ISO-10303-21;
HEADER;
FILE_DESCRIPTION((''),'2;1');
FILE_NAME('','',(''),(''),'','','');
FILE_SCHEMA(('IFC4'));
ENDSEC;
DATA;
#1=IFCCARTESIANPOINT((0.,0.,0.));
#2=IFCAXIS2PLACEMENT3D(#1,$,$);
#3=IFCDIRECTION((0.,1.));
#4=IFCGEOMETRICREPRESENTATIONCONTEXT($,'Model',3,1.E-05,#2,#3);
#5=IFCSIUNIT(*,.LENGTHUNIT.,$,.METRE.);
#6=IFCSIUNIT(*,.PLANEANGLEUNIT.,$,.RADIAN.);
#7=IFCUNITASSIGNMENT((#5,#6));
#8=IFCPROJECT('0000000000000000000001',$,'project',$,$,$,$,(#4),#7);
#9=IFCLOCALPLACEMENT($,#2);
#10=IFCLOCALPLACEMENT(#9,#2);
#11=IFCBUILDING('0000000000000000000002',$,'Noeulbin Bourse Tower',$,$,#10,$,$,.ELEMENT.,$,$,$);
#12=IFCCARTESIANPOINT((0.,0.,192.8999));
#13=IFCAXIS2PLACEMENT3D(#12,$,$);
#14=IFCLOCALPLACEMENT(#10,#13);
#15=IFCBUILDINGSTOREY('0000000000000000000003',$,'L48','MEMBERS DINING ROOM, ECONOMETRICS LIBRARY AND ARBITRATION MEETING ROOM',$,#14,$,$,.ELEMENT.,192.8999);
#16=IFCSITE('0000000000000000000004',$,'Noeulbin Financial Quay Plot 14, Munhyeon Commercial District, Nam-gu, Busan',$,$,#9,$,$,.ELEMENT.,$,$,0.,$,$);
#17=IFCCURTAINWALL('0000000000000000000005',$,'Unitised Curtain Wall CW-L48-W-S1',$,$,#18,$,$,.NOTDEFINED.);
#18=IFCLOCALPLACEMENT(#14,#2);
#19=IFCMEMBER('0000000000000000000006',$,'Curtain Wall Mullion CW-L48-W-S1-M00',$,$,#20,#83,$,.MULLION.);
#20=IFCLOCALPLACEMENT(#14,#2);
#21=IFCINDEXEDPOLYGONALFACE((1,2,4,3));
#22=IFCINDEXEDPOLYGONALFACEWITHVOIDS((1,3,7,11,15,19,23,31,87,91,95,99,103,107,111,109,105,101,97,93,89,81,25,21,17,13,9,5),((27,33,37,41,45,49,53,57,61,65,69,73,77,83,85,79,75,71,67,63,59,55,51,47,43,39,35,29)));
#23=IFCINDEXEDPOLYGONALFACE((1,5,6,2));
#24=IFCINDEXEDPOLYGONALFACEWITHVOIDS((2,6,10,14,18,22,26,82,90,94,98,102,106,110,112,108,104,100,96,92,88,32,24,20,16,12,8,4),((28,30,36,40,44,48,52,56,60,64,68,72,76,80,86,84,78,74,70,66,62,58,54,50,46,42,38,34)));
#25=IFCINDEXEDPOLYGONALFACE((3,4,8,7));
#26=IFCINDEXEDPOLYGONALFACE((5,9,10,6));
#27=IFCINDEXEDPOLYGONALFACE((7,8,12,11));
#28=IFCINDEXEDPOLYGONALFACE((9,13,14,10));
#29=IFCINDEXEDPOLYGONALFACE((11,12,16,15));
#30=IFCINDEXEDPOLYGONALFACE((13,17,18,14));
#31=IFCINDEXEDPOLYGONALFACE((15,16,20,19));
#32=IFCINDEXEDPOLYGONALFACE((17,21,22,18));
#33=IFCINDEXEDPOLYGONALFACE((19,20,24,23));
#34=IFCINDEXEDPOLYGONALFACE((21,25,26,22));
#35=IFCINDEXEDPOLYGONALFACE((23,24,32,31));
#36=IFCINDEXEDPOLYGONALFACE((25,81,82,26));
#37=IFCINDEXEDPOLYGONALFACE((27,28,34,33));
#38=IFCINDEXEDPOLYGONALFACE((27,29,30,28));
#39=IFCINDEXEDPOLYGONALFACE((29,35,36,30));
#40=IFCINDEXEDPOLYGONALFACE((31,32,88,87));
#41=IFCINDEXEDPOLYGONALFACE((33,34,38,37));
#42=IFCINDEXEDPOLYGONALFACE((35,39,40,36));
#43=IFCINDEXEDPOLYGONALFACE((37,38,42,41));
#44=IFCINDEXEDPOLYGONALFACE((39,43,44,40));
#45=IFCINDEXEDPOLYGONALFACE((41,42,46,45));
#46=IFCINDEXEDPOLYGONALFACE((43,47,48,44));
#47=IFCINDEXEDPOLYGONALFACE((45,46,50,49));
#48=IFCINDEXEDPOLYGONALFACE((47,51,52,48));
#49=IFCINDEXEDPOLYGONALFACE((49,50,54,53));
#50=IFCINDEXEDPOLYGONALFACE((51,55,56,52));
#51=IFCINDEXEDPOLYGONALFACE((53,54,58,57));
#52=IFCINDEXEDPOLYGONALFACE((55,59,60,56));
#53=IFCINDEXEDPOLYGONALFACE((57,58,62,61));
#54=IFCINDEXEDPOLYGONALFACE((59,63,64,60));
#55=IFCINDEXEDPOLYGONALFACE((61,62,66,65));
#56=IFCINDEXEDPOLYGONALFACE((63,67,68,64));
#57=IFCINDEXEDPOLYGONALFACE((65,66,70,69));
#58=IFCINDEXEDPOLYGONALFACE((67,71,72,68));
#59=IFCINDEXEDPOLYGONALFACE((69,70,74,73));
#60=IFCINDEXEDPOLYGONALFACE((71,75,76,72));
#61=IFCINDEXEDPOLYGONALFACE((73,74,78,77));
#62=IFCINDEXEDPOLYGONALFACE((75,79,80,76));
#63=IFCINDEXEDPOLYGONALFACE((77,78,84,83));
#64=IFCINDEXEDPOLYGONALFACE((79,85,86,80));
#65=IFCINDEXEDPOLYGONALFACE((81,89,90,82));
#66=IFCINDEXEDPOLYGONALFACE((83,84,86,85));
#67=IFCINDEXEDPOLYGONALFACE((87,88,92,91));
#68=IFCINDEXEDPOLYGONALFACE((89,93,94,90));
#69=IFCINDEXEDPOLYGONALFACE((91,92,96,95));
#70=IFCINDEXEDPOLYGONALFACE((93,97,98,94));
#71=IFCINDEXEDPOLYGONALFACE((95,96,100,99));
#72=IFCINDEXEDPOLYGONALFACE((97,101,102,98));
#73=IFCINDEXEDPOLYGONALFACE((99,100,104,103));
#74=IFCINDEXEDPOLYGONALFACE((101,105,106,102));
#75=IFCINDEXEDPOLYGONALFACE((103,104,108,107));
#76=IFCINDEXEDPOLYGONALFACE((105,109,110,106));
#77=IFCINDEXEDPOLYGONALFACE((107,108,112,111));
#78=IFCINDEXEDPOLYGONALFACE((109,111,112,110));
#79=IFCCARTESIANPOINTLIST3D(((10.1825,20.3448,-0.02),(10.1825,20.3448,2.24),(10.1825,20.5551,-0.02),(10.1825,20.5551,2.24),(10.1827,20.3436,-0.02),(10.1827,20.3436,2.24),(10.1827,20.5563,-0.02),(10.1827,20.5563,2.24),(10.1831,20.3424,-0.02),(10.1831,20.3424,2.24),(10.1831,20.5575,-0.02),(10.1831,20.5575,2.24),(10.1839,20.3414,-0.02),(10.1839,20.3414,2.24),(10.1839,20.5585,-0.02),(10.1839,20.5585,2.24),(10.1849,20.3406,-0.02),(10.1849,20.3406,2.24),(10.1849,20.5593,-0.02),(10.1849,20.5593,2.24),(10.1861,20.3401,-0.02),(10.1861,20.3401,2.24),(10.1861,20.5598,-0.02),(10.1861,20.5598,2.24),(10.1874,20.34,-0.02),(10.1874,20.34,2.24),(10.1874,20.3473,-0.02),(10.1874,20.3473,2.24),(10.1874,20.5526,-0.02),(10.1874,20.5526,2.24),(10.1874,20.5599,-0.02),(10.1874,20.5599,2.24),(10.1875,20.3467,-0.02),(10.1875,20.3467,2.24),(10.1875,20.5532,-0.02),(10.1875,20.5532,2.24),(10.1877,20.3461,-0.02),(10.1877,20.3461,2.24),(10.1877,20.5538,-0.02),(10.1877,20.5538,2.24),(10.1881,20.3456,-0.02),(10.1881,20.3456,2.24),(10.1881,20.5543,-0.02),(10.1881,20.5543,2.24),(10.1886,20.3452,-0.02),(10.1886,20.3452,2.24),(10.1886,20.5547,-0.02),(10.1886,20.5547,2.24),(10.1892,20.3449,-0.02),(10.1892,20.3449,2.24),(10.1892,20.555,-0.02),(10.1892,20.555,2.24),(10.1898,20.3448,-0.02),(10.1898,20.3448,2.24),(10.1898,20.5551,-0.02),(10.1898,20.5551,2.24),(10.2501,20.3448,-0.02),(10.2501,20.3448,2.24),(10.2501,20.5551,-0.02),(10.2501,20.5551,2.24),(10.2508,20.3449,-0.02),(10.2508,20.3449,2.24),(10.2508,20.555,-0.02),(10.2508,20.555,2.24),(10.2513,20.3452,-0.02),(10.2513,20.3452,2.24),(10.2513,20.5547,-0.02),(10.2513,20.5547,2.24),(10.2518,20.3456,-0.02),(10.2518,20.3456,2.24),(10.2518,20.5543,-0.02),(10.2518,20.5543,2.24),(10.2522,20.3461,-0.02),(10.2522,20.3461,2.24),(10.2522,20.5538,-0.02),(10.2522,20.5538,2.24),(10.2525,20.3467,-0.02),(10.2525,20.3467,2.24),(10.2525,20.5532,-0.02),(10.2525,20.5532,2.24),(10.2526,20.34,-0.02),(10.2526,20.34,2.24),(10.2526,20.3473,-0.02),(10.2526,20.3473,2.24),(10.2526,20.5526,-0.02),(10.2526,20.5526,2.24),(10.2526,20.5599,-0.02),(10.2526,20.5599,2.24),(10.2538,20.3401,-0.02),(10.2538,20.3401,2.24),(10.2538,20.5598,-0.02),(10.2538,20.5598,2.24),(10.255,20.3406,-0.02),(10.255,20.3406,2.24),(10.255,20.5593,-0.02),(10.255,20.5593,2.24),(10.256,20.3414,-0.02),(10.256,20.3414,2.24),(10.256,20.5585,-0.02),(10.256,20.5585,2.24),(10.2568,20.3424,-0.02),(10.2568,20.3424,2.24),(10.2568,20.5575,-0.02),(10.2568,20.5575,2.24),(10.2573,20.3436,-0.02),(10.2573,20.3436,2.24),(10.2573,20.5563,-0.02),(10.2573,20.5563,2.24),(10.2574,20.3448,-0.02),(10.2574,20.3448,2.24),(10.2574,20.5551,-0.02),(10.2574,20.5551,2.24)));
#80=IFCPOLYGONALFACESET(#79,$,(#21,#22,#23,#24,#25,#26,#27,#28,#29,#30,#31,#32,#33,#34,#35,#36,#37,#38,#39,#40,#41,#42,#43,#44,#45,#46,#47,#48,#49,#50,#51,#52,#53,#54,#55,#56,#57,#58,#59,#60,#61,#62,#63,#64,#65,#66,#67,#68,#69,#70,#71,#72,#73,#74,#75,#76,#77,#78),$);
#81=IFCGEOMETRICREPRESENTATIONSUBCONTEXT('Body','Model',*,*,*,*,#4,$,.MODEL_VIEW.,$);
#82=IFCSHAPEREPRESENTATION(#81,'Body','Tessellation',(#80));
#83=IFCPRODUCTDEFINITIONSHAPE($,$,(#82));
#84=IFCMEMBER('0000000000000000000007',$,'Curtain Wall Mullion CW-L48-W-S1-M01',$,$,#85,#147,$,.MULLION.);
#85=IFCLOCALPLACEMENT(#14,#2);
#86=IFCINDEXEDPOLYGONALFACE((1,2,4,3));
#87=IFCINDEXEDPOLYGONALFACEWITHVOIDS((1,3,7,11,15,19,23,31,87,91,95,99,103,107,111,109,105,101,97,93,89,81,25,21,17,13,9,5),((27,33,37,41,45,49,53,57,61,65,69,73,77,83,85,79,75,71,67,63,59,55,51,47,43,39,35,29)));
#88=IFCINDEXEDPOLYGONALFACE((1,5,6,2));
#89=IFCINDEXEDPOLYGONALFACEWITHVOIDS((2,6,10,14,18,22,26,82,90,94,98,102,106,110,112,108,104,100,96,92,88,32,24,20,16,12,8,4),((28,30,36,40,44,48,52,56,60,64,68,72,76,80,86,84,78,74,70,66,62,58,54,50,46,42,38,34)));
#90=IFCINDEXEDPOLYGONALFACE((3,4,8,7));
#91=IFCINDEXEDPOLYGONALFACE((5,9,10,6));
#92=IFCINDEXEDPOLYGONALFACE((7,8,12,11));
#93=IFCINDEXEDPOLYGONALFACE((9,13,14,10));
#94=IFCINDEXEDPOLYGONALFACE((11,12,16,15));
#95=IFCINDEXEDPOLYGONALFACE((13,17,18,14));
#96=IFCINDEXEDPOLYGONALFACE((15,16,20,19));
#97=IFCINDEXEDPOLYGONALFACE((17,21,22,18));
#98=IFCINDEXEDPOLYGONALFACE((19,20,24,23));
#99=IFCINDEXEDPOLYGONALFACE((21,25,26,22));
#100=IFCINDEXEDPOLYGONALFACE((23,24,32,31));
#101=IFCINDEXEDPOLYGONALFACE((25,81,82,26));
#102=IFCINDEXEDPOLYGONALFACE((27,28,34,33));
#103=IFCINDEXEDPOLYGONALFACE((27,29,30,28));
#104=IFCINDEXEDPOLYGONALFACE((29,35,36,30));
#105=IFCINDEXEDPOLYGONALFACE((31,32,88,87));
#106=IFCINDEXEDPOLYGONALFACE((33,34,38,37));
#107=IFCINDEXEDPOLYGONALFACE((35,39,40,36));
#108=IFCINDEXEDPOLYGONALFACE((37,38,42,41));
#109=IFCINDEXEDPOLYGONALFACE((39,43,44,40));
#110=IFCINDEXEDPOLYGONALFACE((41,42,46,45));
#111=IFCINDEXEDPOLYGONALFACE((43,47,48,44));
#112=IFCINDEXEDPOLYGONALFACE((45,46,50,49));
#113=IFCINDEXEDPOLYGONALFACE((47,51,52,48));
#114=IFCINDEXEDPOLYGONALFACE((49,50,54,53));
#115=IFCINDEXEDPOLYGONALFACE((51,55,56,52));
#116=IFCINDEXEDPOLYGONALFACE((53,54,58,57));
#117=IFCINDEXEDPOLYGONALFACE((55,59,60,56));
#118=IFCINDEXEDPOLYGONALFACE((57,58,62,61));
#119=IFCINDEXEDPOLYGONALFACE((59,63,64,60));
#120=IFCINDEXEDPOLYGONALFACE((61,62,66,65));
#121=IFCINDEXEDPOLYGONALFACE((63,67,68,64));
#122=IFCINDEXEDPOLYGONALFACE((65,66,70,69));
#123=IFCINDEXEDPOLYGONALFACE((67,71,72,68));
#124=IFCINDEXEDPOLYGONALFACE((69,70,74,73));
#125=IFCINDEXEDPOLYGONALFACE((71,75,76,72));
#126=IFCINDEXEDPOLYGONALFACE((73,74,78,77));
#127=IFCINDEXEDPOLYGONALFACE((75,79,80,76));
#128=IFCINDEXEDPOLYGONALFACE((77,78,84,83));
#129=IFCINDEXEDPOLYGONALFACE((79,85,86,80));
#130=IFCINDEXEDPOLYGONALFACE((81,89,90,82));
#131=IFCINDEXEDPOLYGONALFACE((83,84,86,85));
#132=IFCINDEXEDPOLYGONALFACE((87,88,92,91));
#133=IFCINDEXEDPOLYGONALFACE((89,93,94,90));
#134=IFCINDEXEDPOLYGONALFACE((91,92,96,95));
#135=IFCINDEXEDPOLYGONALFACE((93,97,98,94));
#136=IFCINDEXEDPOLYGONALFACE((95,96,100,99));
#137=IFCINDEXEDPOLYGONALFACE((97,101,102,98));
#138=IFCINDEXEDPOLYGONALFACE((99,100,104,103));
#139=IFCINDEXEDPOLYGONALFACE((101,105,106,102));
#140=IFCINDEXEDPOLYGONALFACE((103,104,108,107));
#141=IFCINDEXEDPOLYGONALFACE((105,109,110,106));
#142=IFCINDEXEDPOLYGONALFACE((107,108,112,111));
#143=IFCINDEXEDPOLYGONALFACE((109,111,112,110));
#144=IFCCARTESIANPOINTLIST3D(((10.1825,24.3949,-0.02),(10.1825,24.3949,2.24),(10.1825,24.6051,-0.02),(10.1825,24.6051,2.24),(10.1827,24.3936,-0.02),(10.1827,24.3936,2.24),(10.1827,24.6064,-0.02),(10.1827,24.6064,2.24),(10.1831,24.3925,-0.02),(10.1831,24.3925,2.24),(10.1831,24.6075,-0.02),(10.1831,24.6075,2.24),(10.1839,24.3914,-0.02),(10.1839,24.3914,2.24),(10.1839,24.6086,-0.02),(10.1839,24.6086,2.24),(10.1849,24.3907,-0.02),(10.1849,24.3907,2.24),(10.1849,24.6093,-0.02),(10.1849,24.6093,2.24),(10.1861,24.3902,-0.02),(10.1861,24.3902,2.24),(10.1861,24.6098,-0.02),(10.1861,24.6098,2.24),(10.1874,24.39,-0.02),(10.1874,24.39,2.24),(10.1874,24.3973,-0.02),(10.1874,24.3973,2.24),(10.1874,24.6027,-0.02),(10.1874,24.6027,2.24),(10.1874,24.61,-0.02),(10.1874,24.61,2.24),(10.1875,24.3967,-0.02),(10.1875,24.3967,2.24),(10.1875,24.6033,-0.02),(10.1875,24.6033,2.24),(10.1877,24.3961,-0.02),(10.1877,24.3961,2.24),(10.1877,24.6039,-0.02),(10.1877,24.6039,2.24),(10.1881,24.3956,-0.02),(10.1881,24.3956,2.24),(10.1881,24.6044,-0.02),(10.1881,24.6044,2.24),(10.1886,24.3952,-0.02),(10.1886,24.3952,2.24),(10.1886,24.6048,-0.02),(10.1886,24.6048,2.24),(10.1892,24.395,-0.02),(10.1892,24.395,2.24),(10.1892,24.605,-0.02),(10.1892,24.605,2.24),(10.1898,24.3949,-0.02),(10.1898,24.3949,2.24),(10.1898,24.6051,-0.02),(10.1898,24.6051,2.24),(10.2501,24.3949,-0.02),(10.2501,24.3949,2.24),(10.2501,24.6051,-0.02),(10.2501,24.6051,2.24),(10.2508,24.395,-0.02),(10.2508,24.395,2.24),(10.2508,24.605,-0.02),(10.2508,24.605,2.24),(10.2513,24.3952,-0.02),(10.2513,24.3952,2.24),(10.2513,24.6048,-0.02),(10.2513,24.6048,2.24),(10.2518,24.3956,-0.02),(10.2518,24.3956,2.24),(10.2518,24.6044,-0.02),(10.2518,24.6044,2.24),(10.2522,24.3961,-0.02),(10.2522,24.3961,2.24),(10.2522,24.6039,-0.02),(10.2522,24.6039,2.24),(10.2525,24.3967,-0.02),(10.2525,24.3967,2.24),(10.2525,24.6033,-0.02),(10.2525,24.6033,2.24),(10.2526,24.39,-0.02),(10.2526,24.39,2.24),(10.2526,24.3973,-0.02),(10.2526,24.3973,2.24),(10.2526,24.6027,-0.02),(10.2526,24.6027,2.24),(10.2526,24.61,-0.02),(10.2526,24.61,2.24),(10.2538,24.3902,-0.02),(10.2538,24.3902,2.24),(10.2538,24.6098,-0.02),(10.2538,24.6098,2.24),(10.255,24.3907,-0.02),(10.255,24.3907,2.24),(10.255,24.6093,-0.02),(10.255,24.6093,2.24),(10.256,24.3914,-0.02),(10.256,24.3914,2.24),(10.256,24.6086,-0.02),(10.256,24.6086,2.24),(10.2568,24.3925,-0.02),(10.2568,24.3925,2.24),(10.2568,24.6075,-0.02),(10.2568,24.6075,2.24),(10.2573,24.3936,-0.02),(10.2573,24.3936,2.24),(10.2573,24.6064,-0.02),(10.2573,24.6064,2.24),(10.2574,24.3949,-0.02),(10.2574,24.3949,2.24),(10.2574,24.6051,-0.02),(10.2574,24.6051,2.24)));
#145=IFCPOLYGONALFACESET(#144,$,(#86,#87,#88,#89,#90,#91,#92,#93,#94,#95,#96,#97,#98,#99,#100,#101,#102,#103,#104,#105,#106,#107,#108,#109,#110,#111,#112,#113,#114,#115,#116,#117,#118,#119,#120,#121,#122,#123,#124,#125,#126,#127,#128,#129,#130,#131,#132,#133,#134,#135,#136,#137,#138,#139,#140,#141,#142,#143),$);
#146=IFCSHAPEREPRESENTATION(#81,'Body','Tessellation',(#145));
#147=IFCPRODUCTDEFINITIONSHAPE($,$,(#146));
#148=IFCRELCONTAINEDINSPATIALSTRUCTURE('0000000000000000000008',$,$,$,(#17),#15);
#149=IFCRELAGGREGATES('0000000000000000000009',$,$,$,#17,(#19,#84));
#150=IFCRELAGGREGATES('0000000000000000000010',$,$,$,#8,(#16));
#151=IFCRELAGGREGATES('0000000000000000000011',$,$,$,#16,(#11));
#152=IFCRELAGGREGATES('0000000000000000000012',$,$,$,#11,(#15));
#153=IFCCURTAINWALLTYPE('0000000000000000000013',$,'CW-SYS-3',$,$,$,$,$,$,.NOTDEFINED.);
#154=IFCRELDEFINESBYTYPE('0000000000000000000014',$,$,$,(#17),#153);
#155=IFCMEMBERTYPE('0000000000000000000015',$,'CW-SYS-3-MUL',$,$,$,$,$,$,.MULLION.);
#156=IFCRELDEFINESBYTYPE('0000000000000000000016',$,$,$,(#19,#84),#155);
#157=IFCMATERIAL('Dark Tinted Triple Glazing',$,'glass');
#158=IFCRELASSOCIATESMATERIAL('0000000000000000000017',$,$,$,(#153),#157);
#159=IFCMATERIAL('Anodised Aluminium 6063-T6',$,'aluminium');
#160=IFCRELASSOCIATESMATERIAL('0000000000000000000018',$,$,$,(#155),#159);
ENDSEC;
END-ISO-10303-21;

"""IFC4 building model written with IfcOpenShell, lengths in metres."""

from ifc_helpers import new_model, si_unit, direction, frame, origin, origin_2d, place, context, subcontext, project, spatial, hollow_rectangle, extrude, material, material_profile, profile_set, type_object, element, aggregate, save


model = new_model("IFC4")

# Units and contexts
model_context = context("Model", 3, precision=1e-05, world=origin(), true_north=direction((0.0, 1.0)))
body_context = subcontext(model_context, "Body", "Model", "MODEL_VIEW")
ifc_project = project(units=[si_unit("LENGTHUNIT", "METRE"), si_unit("PLANEANGLEUNIT", "RADIAN")], contexts=[model_context])

# Site, building, storey
site_placement = place(None, origin())
site = spatial("IfcSite", under=ifc_project, at=site_placement, Name="Noeulbin Financial Quay Plot 14, Munhyeon Commercial District, Nam-gu, Busan", CompositionType="ELEMENT", RefElevation=0.0)
building_placement = place(site_placement, origin())
building = spatial("IfcBuilding", under=site, at=building_placement, Name="Noeulbin Bourse Tower", CompositionType="ELEMENT")
storey_placement = place(building_placement, frame((0.0, 0.0, 192.8999)))
storey = spatial("IfcBuildingStorey", under=building, at=storey_placement, Name="L48", Description="MEMBERS DINING ROOM, ECONOMETRICS LIBRARY AND ARBITRATION MEETING ROOM", CompositionType="ELEMENT", Elevation=192.8999)

# Curtain wall, members
ifc_material_1 = material(Name="Dark Tinted Triple Glazing", Category="glass")
curtain_wall_type = type_object("IfcCurtainWallType", Name="CW-SYS-3", PredefinedType="NOTDEFINED", material=ifc_material_1)
curtain_wall_placement = place(storey_placement, origin())
curtain_wall = element("IfcCurtainWall", 1, at=curtain_wall_placement, inside=storey, type_object=curtain_wall_type, Name="Unitised Curtain Wall CW-L48-W-S1", PredefinedType="NOTDEFINED")
ifc_material_2 = material(Name="Anodised Aluminium 6063-T6", Category="aluminium")
ifc_material_profile_1 = material_profile(ifc_material_2, hollow_rectangle(XDim=0.075, YDim=0.22, WallThickness=0.0049, InnerFilletRadius=0.0024, OuterFilletRadius=0.0049, at=origin_2d()), Name="ALU-MULL-75x220x5", Category="LoadBearing")
ifc_profile_set_1 = profile_set([ifc_material_profile_1], Name="Anodised Aluminium 6063-T6")
member_type_1 = type_object("IfcMemberType", Name="CW-SYS-3-MUL", PredefinedType="MULLION", material=ifc_profile_set_1)
member_1_placement = place(storey_placement, frame((10.22, 20.45, -0.02), z_axis=(0.0, 0.0, 1.0), x_axis=(1.0, 0.0, 0.0)))
member_1 = element("IfcMember", 2, at=member_1_placement, type_object=member_type_1, Name="Curtain Wall Mullion CW-L48-W-S1-M00", PredefinedType="MULLION", context=body_context, shape_type="SweptSolid", body=[
    extrude(hollow_rectangle(XDim=0.075, YDim=0.22, WallThickness=0.0049, InnerFilletRadius=0.0024, OuterFilletRadius=0.0049, at=origin_2d()), origin(), (0.0, 0.0, 1.0), 2.26),
])
member_2_placement = place(storey_placement, frame((10.22, 24.5, -0.02), z_axis=(0.0, 0.0, 1.0), x_axis=(1.0, 0.0, 0.0)))
member_2 = element("IfcMember", 3, at=member_2_placement, type_object=member_type_1, Name="Curtain Wall Mullion CW-L48-W-S1-M01", PredefinedType="MULLION", context=body_context, shape_type="SweptSolid", body=[
    extrude(hollow_rectangle(XDim=0.075, YDim=0.22, WallThickness=0.0049, InnerFilletRadius=0.0024, OuterFilletRadius=0.0049, at=origin_2d()), origin(), (0.0, 0.0, 1.0), 2.26),
])
aggregate(curtain_wall, [member_1, member_2])

save(model, "model.ifc")
